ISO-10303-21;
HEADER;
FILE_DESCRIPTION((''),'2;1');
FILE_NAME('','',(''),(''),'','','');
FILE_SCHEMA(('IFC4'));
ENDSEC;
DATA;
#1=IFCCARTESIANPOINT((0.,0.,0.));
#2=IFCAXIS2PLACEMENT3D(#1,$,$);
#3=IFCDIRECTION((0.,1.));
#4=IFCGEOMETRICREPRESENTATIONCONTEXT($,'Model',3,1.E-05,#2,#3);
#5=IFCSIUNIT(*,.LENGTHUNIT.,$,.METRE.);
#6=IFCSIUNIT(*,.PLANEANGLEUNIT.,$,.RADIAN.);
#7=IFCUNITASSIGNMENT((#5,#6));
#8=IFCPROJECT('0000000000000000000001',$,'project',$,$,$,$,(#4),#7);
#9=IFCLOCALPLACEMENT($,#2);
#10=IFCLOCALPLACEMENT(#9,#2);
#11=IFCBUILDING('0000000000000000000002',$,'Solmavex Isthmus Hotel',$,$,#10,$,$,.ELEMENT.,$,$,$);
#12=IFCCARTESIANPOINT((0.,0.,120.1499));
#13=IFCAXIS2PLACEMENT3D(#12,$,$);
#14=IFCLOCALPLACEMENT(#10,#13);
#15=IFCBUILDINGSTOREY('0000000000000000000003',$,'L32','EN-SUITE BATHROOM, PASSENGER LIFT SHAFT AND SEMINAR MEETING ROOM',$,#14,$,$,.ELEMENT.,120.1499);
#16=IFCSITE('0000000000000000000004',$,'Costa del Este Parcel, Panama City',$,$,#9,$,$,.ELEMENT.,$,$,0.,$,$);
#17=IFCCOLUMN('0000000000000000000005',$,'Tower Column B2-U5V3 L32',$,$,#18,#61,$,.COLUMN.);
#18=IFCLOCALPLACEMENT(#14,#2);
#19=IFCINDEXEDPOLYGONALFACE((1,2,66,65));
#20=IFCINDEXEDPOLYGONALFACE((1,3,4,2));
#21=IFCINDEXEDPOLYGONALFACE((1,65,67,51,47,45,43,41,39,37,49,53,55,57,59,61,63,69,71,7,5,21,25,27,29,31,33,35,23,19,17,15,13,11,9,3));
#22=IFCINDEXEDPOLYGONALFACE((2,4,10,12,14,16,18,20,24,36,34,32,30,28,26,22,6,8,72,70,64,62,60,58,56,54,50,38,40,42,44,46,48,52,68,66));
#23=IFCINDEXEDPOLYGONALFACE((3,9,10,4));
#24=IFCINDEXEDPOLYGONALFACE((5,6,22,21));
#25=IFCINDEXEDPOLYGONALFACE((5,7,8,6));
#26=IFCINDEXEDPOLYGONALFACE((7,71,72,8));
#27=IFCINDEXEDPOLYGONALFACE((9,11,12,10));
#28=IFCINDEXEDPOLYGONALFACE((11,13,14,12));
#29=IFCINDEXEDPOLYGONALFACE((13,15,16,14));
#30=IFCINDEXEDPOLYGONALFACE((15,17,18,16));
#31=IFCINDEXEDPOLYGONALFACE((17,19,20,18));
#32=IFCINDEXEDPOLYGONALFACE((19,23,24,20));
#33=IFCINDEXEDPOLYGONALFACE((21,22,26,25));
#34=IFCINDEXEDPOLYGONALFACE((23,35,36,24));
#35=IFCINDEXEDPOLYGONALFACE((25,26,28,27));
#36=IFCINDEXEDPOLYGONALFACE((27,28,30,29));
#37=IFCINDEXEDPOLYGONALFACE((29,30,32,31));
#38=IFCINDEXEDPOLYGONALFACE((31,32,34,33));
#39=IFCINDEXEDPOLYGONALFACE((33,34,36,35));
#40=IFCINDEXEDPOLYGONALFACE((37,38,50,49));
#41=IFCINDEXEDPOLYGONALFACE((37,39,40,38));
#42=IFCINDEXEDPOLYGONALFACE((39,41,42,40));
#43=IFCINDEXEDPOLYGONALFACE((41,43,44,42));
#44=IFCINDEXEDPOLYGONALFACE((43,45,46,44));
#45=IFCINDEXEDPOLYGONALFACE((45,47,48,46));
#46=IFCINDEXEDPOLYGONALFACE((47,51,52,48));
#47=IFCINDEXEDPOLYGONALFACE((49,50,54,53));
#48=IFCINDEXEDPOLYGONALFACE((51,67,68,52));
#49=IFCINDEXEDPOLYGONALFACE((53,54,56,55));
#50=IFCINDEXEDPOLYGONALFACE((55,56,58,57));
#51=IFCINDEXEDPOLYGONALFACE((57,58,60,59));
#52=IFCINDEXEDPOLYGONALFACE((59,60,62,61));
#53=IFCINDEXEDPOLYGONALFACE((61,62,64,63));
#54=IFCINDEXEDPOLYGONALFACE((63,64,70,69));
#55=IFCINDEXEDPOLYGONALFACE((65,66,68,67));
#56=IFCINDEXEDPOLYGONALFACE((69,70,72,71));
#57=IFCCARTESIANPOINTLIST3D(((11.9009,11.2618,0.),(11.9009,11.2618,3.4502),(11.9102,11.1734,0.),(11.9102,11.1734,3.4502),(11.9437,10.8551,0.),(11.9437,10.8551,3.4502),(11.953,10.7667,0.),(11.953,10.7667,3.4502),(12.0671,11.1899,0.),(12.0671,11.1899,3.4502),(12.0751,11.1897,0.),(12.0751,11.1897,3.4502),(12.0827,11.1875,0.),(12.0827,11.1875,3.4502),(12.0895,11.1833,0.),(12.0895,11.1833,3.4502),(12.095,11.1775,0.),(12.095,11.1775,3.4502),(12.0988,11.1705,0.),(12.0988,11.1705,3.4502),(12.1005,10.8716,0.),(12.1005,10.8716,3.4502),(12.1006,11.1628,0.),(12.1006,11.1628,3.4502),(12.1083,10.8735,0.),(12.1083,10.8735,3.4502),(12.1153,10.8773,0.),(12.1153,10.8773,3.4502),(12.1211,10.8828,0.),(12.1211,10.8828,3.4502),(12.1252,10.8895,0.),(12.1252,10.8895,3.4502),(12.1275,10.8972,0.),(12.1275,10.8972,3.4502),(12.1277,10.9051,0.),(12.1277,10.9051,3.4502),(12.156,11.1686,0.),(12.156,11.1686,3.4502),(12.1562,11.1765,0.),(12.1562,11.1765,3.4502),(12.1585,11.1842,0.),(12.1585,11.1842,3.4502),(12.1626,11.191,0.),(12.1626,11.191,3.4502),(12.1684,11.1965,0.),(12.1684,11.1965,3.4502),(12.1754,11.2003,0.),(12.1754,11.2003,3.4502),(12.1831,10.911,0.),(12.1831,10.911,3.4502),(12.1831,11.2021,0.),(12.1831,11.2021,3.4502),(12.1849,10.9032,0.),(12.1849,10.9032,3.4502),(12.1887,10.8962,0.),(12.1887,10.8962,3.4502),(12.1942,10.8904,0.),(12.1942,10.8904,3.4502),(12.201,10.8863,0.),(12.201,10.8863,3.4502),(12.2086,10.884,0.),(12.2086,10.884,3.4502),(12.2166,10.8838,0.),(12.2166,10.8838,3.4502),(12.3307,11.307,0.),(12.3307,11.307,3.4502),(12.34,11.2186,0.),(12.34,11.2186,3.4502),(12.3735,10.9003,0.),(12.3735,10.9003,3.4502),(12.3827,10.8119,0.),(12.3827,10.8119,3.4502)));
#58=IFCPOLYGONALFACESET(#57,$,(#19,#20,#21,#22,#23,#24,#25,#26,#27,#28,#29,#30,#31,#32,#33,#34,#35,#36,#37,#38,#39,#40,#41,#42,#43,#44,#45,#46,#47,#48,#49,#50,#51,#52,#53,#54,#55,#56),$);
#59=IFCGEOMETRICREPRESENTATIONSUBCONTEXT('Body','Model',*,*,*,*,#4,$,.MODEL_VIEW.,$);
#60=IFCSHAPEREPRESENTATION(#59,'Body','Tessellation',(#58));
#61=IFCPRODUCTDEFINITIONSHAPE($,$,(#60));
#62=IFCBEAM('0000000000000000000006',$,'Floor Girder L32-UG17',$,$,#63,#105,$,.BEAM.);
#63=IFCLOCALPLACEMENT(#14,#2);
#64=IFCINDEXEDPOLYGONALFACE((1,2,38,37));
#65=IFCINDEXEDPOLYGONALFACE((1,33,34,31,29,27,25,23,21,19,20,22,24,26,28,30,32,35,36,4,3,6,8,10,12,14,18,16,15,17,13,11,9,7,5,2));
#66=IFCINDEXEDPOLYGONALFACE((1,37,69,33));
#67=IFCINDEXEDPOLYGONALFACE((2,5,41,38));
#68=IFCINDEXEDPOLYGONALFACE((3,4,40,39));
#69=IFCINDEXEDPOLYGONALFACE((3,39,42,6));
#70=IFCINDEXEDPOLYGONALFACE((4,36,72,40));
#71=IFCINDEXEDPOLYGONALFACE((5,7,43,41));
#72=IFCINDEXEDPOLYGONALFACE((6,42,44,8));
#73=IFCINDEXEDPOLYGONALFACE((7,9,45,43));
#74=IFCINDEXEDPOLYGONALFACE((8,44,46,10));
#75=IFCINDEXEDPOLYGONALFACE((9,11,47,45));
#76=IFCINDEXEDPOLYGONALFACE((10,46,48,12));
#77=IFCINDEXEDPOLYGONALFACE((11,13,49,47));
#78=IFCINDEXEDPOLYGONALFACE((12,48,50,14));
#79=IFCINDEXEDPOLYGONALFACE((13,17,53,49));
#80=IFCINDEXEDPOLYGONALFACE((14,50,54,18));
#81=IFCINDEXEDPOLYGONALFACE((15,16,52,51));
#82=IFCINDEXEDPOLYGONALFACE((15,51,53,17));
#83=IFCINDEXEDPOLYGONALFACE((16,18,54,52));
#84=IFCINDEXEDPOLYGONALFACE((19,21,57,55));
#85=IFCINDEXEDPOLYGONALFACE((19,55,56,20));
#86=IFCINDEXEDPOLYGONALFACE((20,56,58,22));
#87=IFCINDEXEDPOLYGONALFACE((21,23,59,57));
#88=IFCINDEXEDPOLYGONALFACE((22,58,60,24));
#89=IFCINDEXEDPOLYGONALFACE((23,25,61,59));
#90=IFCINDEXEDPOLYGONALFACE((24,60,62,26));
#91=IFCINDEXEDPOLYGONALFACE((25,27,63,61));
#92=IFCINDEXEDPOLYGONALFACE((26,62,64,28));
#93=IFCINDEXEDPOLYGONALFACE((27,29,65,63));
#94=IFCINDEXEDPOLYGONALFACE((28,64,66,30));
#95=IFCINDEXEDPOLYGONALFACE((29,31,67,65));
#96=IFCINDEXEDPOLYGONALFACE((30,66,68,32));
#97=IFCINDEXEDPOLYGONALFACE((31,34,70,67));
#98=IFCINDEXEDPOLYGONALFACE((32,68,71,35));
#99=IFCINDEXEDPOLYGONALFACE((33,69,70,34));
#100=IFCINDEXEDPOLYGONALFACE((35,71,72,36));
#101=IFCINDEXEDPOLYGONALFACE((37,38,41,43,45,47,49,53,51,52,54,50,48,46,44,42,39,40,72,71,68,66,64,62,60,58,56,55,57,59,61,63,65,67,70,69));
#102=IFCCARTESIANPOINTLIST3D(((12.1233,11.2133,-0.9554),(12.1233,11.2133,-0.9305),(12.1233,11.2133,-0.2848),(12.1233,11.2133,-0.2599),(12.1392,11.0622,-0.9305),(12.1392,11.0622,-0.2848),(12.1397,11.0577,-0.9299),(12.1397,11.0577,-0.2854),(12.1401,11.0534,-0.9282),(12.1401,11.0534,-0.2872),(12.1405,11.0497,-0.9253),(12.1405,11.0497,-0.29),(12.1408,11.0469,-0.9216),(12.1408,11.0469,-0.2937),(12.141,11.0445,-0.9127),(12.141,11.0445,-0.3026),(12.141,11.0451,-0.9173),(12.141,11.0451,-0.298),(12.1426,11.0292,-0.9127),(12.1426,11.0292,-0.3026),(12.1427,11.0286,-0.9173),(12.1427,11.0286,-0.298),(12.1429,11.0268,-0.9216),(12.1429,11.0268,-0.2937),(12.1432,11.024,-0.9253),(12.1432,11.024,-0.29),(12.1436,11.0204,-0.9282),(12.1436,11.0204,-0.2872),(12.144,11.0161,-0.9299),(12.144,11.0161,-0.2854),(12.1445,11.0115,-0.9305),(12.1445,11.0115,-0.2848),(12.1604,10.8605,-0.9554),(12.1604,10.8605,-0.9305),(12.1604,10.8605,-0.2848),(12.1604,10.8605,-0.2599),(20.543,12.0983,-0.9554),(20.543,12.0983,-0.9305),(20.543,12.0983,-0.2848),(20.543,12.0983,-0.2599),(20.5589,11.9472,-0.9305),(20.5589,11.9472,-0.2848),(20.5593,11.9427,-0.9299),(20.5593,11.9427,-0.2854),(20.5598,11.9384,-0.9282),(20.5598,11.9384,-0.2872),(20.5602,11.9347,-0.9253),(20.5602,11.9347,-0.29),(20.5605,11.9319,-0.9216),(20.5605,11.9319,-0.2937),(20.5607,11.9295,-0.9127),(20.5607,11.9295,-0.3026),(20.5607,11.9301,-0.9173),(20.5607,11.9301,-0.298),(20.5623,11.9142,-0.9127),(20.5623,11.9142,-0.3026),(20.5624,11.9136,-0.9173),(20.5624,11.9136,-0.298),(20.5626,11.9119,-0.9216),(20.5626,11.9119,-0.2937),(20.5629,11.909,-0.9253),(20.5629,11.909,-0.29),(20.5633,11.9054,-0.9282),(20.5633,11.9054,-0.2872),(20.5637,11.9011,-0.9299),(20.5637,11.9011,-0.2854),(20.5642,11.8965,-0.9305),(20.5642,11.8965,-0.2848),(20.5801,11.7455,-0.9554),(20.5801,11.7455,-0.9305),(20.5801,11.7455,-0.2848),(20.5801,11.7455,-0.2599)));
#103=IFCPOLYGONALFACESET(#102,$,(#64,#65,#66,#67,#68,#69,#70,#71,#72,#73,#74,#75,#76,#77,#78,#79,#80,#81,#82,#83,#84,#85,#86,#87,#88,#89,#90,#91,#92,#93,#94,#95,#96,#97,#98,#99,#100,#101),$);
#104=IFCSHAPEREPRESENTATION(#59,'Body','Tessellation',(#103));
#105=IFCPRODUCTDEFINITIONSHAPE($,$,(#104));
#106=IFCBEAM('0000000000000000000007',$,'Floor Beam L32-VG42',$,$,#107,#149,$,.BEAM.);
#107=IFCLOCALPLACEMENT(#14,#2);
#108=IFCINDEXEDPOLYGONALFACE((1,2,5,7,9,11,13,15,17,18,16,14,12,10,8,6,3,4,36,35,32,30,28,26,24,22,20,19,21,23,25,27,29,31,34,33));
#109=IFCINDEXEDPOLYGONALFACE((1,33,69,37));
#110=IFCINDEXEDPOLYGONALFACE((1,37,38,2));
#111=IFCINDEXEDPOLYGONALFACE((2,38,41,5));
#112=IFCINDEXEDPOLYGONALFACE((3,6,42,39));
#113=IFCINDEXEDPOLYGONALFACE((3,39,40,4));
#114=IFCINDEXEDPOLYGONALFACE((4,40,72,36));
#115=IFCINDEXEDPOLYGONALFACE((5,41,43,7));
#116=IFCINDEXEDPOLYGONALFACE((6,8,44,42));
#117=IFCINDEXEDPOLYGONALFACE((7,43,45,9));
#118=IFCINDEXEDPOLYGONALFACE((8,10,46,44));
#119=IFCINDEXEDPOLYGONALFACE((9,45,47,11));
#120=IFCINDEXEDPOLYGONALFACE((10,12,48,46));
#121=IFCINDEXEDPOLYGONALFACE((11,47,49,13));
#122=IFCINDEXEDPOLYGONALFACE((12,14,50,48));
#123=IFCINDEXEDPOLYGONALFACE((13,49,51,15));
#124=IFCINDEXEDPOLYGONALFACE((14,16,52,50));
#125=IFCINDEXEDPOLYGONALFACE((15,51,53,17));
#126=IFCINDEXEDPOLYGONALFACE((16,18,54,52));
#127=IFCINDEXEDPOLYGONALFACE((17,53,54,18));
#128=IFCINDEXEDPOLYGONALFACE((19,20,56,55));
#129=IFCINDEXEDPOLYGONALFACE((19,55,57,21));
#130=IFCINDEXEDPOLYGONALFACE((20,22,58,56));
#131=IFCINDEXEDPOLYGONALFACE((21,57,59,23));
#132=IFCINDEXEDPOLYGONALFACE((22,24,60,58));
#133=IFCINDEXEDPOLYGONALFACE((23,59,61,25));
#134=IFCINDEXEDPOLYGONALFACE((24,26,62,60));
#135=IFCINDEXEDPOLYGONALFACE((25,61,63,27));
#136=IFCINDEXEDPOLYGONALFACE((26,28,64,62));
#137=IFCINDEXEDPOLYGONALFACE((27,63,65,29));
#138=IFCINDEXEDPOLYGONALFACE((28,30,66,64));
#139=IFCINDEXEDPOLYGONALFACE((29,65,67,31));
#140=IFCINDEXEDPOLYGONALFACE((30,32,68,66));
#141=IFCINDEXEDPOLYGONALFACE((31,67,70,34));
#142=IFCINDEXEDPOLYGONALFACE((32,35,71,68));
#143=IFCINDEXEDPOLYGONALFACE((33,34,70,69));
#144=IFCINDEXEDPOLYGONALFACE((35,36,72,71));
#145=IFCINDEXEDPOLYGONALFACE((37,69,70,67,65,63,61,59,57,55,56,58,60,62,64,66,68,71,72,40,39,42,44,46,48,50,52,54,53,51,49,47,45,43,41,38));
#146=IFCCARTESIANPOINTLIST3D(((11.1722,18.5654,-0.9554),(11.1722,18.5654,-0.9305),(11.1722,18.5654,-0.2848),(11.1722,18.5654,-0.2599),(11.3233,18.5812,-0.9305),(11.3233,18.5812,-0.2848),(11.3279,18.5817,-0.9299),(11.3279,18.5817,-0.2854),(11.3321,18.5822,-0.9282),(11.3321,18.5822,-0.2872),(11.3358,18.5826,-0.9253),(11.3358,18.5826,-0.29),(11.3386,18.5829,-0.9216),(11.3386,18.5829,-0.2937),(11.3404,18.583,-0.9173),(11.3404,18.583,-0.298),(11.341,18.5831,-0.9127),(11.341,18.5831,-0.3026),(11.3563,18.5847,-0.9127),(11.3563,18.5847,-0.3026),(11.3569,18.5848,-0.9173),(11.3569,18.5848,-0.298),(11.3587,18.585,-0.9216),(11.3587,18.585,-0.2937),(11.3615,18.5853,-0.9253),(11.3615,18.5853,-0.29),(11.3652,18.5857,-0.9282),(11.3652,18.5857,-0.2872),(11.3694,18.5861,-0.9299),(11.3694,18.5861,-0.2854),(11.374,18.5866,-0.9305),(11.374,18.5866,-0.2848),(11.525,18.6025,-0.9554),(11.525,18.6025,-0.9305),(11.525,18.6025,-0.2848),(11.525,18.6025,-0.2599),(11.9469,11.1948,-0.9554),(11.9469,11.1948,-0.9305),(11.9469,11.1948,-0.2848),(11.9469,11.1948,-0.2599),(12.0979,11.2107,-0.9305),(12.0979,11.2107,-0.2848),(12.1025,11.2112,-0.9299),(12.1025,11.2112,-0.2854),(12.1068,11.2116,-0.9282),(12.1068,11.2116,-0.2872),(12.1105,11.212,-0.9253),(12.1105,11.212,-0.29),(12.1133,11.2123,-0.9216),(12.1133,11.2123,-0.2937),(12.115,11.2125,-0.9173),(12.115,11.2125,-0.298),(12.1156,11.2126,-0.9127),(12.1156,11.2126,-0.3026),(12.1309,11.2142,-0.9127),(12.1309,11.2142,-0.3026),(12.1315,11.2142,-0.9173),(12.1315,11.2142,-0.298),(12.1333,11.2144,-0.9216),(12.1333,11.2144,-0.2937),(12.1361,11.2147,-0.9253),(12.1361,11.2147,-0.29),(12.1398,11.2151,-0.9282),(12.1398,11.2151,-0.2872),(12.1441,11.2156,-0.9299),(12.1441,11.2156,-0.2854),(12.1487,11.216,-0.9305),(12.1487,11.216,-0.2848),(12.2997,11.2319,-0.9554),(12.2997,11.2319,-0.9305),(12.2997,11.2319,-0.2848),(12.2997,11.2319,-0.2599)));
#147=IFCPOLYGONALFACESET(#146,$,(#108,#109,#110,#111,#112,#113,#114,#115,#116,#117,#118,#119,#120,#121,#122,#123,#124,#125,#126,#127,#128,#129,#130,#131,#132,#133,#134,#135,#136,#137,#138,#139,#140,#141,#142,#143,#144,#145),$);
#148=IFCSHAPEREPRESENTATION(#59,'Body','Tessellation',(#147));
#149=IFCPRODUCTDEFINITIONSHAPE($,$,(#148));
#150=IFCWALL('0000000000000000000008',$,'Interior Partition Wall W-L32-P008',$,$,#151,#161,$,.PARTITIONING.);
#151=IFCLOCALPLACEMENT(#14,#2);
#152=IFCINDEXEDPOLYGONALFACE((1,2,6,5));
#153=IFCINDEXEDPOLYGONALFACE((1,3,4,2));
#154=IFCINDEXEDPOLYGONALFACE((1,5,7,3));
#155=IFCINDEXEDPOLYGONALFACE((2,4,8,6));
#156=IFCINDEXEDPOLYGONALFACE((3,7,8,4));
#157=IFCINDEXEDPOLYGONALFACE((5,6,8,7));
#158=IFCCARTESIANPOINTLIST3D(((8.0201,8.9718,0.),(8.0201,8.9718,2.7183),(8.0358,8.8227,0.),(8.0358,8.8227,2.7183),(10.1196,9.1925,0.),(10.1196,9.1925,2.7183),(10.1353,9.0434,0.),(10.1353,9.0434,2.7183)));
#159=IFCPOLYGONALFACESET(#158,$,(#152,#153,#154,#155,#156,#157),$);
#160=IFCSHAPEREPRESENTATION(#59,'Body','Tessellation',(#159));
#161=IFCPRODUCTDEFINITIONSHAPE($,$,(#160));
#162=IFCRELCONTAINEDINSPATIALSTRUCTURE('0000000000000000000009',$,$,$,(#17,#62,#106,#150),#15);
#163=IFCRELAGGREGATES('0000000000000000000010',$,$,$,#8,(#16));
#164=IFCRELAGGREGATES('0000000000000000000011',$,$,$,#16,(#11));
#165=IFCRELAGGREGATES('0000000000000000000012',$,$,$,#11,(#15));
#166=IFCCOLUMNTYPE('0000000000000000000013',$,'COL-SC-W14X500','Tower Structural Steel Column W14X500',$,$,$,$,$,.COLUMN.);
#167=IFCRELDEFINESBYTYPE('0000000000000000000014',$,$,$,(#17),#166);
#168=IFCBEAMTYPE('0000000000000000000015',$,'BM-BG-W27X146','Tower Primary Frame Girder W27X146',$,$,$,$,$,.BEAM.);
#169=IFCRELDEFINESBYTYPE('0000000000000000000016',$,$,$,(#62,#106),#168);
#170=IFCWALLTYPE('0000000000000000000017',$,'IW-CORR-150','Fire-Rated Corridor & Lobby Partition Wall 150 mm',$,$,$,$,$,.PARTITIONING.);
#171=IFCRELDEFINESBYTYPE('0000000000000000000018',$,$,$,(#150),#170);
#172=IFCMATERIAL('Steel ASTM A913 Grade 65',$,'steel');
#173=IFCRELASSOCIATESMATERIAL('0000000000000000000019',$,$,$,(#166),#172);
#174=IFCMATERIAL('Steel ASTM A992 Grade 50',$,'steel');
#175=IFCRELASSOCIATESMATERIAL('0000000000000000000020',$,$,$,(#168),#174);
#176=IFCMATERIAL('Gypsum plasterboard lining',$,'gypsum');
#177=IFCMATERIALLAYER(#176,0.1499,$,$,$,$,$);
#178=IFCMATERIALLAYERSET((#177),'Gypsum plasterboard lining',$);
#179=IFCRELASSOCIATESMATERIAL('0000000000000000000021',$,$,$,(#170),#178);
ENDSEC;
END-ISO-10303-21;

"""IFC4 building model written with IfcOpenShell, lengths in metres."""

from ifc_helpers import new_model, si_unit, direction, frame, frame_2d, origin, origin_2d, place, context, subcontext, project, spatial, rectangle, i_section, extrude, material, layer, layer_set, material_profile, profile_set, type_object, element, save


model = new_model("IFC4")

# Units and contexts
model_context = context("Model", 3, precision=1e-05, world=origin(), true_north=direction((0.0, 1.0)))
body_context = subcontext(model_context, "Body", "Model", "MODEL_VIEW")
ifc_project = project(units=[si_unit("LENGTHUNIT", "METRE"), si_unit("PLANEANGLEUNIT", "RADIAN")], contexts=[model_context])

# Site, building, storey
site_placement = place(None, origin())
site = spatial("IfcSite", under=ifc_project, at=site_placement, Name="Costa del Este Parcel, Panama City", CompositionType="ELEMENT", RefElevation=0.0)
building_placement = place(site_placement, origin())
building = spatial("IfcBuilding", under=site, at=building_placement, Name="Solmavex Isthmus Hotel", CompositionType="ELEMENT")
storey_placement = place(building_placement, frame((0.0, 0.0, 120.1499)))
storey = spatial("IfcBuildingStorey", under=building, at=storey_placement, Name="L32", Description="EN-SUITE BATHROOM, PASSENGER LIFT SHAFT AND SEMINAR MEETING ROOM", CompositionType="ELEMENT", Elevation=120.1499)

# Column
ifc_material_1 = material(Name="Steel ASTM A913 Grade 65", Category="steel")
ifc_material_profile_1 = material_profile(ifc_material_1, i_section(OverallWidth=0.4321, OverallDepth=0.4978, WebThickness=0.0557, FlangeThickness=0.0889, FilletRadius=0.0305, at=origin_2d()), Name="W14X500")
ifc_profile_set_1 = profile_set([ifc_material_profile_1], Name="Steel ASTM A913 Grade 65")
column_type = type_object("IfcColumnType", Name="COL-SC-W14X500", Description="Tower Structural Steel Column W14X500", PredefinedType="COLUMN", material=ifc_profile_set_1)
column_placement = place(storey_placement, frame((12.1418, 11.0369, 0.0), z_axis=(0.0, 0.0, 1.0), x_axis=(0.994522, 0.104528, 0.0)))
element("IfcColumn", 1, at=column_placement, inside=storey, type_object=column_type, Name="Tower Column B2-U5V3 L32", PredefinedType="COLUMN", context=body_context, shape_type="SweptSolid", body=[
    extrude(i_section(OverallWidth=0.4321, OverallDepth=0.4978, WebThickness=0.0557, FlangeThickness=0.0889, FilletRadius=0.0305, at=origin_2d()), origin(), (0.0, 0.0, 1.0), 3.4502),
])

# Beams
ifc_material_2 = material(Name="Steel ASTM A992 Grade 50", Category="steel")
ifc_material_profile_2 = material_profile(ifc_material_2, i_section(OverallWidth=0.3547, OverallDepth=0.6956, WebThickness=0.0154, FlangeThickness=0.0249, FilletRadius=0.0178, at=origin_2d()), Name="W27X146")
ifc_profile_set_2 = profile_set([ifc_material_profile_2], Name="Steel ASTM A992 Grade 50")
beam_type = type_object("IfcBeamType", Name="BM-BG-W27X146", Description="Tower Primary Frame Girder W27X146", PredefinedType="BEAM", material=ifc_profile_set_2)
beam_1_placement = place(storey_placement, frame((12.1418, 11.0369, -0.6077), z_axis=(0.994521, 0.104536, 0.0), x_axis=(-0.104536, 0.994521, 0.0)))
element("IfcBeam", 2, at=beam_1_placement, inside=storey, type_object=beam_type, Name="Floor Girder L32-UG17", PredefinedType="BEAM", context=body_context, shape_type="SweptSolid", body=[
    extrude(i_section(OverallWidth=0.3547, OverallDepth=0.6956, WebThickness=0.0154, FlangeThickness=0.0249, FilletRadius=0.0178, at=origin_2d()), origin(), (0.0, 0.0, 1.0), 8.4661),
])
beam_2_placement = place(storey_placement, frame((12.1233, 11.2134, -0.6077), z_axis=(-0.104525, 0.994522, 0.0), x_axis=(-0.994522, -0.104525, 0.0)))
element("IfcBeam", 3, at=beam_2_placement, inside=storey, type_object=beam_type, Name="Floor Beam L32-VG42", PredefinedType="BEAM", context=body_context, shape_type="SweptSolid", body=[
    extrude(i_section(OverallWidth=0.3547, OverallDepth=0.6956, WebThickness=0.0154, FlangeThickness=0.0249, FilletRadius=0.0178, at=origin_2d()), origin(), (0.0, 0.0, 1.0), 7.4111),
])

# Shared definitions
ifc_material_3 = material(Name="Gypsum plasterboard lining", Category="gypsum")
ifc_layer_1 = layer(ifc_material_3, 0.1499)
ifc_layer_set_1 = layer_set([ifc_layer_1], Name="Gypsum plasterboard lining")
wall_type_1 = type_object("IfcWallType", Name="IW-CORR-150", Description="Fire-Rated Corridor & Lobby Partition Wall 150 mm", PredefinedType="PARTITIONING", material=ifc_layer_set_1)

# Wall
wall_1_placement = place(storey_placement, frame((8.0278, 8.8972, 0.0), z_axis=(0.0, 0.0, 1.0), x_axis=(0.994521, 0.10454, 0.0)))
element("IfcWall", 4, at=wall_1_placement, inside=storey, type_object=wall_type_1, Name="Interior Partition Wall W-L32-P008", PredefinedType="PARTITIONING", context=body_context, shape_type="SweptSolid", body=[
    extrude(rectangle(XDim=2.1111, YDim=0.1499, at=frame_2d((1.0557, 0.0))), origin(), (0.0, 0.0, 1.0), 2.7183),
])

save(model, "model.ifc")
